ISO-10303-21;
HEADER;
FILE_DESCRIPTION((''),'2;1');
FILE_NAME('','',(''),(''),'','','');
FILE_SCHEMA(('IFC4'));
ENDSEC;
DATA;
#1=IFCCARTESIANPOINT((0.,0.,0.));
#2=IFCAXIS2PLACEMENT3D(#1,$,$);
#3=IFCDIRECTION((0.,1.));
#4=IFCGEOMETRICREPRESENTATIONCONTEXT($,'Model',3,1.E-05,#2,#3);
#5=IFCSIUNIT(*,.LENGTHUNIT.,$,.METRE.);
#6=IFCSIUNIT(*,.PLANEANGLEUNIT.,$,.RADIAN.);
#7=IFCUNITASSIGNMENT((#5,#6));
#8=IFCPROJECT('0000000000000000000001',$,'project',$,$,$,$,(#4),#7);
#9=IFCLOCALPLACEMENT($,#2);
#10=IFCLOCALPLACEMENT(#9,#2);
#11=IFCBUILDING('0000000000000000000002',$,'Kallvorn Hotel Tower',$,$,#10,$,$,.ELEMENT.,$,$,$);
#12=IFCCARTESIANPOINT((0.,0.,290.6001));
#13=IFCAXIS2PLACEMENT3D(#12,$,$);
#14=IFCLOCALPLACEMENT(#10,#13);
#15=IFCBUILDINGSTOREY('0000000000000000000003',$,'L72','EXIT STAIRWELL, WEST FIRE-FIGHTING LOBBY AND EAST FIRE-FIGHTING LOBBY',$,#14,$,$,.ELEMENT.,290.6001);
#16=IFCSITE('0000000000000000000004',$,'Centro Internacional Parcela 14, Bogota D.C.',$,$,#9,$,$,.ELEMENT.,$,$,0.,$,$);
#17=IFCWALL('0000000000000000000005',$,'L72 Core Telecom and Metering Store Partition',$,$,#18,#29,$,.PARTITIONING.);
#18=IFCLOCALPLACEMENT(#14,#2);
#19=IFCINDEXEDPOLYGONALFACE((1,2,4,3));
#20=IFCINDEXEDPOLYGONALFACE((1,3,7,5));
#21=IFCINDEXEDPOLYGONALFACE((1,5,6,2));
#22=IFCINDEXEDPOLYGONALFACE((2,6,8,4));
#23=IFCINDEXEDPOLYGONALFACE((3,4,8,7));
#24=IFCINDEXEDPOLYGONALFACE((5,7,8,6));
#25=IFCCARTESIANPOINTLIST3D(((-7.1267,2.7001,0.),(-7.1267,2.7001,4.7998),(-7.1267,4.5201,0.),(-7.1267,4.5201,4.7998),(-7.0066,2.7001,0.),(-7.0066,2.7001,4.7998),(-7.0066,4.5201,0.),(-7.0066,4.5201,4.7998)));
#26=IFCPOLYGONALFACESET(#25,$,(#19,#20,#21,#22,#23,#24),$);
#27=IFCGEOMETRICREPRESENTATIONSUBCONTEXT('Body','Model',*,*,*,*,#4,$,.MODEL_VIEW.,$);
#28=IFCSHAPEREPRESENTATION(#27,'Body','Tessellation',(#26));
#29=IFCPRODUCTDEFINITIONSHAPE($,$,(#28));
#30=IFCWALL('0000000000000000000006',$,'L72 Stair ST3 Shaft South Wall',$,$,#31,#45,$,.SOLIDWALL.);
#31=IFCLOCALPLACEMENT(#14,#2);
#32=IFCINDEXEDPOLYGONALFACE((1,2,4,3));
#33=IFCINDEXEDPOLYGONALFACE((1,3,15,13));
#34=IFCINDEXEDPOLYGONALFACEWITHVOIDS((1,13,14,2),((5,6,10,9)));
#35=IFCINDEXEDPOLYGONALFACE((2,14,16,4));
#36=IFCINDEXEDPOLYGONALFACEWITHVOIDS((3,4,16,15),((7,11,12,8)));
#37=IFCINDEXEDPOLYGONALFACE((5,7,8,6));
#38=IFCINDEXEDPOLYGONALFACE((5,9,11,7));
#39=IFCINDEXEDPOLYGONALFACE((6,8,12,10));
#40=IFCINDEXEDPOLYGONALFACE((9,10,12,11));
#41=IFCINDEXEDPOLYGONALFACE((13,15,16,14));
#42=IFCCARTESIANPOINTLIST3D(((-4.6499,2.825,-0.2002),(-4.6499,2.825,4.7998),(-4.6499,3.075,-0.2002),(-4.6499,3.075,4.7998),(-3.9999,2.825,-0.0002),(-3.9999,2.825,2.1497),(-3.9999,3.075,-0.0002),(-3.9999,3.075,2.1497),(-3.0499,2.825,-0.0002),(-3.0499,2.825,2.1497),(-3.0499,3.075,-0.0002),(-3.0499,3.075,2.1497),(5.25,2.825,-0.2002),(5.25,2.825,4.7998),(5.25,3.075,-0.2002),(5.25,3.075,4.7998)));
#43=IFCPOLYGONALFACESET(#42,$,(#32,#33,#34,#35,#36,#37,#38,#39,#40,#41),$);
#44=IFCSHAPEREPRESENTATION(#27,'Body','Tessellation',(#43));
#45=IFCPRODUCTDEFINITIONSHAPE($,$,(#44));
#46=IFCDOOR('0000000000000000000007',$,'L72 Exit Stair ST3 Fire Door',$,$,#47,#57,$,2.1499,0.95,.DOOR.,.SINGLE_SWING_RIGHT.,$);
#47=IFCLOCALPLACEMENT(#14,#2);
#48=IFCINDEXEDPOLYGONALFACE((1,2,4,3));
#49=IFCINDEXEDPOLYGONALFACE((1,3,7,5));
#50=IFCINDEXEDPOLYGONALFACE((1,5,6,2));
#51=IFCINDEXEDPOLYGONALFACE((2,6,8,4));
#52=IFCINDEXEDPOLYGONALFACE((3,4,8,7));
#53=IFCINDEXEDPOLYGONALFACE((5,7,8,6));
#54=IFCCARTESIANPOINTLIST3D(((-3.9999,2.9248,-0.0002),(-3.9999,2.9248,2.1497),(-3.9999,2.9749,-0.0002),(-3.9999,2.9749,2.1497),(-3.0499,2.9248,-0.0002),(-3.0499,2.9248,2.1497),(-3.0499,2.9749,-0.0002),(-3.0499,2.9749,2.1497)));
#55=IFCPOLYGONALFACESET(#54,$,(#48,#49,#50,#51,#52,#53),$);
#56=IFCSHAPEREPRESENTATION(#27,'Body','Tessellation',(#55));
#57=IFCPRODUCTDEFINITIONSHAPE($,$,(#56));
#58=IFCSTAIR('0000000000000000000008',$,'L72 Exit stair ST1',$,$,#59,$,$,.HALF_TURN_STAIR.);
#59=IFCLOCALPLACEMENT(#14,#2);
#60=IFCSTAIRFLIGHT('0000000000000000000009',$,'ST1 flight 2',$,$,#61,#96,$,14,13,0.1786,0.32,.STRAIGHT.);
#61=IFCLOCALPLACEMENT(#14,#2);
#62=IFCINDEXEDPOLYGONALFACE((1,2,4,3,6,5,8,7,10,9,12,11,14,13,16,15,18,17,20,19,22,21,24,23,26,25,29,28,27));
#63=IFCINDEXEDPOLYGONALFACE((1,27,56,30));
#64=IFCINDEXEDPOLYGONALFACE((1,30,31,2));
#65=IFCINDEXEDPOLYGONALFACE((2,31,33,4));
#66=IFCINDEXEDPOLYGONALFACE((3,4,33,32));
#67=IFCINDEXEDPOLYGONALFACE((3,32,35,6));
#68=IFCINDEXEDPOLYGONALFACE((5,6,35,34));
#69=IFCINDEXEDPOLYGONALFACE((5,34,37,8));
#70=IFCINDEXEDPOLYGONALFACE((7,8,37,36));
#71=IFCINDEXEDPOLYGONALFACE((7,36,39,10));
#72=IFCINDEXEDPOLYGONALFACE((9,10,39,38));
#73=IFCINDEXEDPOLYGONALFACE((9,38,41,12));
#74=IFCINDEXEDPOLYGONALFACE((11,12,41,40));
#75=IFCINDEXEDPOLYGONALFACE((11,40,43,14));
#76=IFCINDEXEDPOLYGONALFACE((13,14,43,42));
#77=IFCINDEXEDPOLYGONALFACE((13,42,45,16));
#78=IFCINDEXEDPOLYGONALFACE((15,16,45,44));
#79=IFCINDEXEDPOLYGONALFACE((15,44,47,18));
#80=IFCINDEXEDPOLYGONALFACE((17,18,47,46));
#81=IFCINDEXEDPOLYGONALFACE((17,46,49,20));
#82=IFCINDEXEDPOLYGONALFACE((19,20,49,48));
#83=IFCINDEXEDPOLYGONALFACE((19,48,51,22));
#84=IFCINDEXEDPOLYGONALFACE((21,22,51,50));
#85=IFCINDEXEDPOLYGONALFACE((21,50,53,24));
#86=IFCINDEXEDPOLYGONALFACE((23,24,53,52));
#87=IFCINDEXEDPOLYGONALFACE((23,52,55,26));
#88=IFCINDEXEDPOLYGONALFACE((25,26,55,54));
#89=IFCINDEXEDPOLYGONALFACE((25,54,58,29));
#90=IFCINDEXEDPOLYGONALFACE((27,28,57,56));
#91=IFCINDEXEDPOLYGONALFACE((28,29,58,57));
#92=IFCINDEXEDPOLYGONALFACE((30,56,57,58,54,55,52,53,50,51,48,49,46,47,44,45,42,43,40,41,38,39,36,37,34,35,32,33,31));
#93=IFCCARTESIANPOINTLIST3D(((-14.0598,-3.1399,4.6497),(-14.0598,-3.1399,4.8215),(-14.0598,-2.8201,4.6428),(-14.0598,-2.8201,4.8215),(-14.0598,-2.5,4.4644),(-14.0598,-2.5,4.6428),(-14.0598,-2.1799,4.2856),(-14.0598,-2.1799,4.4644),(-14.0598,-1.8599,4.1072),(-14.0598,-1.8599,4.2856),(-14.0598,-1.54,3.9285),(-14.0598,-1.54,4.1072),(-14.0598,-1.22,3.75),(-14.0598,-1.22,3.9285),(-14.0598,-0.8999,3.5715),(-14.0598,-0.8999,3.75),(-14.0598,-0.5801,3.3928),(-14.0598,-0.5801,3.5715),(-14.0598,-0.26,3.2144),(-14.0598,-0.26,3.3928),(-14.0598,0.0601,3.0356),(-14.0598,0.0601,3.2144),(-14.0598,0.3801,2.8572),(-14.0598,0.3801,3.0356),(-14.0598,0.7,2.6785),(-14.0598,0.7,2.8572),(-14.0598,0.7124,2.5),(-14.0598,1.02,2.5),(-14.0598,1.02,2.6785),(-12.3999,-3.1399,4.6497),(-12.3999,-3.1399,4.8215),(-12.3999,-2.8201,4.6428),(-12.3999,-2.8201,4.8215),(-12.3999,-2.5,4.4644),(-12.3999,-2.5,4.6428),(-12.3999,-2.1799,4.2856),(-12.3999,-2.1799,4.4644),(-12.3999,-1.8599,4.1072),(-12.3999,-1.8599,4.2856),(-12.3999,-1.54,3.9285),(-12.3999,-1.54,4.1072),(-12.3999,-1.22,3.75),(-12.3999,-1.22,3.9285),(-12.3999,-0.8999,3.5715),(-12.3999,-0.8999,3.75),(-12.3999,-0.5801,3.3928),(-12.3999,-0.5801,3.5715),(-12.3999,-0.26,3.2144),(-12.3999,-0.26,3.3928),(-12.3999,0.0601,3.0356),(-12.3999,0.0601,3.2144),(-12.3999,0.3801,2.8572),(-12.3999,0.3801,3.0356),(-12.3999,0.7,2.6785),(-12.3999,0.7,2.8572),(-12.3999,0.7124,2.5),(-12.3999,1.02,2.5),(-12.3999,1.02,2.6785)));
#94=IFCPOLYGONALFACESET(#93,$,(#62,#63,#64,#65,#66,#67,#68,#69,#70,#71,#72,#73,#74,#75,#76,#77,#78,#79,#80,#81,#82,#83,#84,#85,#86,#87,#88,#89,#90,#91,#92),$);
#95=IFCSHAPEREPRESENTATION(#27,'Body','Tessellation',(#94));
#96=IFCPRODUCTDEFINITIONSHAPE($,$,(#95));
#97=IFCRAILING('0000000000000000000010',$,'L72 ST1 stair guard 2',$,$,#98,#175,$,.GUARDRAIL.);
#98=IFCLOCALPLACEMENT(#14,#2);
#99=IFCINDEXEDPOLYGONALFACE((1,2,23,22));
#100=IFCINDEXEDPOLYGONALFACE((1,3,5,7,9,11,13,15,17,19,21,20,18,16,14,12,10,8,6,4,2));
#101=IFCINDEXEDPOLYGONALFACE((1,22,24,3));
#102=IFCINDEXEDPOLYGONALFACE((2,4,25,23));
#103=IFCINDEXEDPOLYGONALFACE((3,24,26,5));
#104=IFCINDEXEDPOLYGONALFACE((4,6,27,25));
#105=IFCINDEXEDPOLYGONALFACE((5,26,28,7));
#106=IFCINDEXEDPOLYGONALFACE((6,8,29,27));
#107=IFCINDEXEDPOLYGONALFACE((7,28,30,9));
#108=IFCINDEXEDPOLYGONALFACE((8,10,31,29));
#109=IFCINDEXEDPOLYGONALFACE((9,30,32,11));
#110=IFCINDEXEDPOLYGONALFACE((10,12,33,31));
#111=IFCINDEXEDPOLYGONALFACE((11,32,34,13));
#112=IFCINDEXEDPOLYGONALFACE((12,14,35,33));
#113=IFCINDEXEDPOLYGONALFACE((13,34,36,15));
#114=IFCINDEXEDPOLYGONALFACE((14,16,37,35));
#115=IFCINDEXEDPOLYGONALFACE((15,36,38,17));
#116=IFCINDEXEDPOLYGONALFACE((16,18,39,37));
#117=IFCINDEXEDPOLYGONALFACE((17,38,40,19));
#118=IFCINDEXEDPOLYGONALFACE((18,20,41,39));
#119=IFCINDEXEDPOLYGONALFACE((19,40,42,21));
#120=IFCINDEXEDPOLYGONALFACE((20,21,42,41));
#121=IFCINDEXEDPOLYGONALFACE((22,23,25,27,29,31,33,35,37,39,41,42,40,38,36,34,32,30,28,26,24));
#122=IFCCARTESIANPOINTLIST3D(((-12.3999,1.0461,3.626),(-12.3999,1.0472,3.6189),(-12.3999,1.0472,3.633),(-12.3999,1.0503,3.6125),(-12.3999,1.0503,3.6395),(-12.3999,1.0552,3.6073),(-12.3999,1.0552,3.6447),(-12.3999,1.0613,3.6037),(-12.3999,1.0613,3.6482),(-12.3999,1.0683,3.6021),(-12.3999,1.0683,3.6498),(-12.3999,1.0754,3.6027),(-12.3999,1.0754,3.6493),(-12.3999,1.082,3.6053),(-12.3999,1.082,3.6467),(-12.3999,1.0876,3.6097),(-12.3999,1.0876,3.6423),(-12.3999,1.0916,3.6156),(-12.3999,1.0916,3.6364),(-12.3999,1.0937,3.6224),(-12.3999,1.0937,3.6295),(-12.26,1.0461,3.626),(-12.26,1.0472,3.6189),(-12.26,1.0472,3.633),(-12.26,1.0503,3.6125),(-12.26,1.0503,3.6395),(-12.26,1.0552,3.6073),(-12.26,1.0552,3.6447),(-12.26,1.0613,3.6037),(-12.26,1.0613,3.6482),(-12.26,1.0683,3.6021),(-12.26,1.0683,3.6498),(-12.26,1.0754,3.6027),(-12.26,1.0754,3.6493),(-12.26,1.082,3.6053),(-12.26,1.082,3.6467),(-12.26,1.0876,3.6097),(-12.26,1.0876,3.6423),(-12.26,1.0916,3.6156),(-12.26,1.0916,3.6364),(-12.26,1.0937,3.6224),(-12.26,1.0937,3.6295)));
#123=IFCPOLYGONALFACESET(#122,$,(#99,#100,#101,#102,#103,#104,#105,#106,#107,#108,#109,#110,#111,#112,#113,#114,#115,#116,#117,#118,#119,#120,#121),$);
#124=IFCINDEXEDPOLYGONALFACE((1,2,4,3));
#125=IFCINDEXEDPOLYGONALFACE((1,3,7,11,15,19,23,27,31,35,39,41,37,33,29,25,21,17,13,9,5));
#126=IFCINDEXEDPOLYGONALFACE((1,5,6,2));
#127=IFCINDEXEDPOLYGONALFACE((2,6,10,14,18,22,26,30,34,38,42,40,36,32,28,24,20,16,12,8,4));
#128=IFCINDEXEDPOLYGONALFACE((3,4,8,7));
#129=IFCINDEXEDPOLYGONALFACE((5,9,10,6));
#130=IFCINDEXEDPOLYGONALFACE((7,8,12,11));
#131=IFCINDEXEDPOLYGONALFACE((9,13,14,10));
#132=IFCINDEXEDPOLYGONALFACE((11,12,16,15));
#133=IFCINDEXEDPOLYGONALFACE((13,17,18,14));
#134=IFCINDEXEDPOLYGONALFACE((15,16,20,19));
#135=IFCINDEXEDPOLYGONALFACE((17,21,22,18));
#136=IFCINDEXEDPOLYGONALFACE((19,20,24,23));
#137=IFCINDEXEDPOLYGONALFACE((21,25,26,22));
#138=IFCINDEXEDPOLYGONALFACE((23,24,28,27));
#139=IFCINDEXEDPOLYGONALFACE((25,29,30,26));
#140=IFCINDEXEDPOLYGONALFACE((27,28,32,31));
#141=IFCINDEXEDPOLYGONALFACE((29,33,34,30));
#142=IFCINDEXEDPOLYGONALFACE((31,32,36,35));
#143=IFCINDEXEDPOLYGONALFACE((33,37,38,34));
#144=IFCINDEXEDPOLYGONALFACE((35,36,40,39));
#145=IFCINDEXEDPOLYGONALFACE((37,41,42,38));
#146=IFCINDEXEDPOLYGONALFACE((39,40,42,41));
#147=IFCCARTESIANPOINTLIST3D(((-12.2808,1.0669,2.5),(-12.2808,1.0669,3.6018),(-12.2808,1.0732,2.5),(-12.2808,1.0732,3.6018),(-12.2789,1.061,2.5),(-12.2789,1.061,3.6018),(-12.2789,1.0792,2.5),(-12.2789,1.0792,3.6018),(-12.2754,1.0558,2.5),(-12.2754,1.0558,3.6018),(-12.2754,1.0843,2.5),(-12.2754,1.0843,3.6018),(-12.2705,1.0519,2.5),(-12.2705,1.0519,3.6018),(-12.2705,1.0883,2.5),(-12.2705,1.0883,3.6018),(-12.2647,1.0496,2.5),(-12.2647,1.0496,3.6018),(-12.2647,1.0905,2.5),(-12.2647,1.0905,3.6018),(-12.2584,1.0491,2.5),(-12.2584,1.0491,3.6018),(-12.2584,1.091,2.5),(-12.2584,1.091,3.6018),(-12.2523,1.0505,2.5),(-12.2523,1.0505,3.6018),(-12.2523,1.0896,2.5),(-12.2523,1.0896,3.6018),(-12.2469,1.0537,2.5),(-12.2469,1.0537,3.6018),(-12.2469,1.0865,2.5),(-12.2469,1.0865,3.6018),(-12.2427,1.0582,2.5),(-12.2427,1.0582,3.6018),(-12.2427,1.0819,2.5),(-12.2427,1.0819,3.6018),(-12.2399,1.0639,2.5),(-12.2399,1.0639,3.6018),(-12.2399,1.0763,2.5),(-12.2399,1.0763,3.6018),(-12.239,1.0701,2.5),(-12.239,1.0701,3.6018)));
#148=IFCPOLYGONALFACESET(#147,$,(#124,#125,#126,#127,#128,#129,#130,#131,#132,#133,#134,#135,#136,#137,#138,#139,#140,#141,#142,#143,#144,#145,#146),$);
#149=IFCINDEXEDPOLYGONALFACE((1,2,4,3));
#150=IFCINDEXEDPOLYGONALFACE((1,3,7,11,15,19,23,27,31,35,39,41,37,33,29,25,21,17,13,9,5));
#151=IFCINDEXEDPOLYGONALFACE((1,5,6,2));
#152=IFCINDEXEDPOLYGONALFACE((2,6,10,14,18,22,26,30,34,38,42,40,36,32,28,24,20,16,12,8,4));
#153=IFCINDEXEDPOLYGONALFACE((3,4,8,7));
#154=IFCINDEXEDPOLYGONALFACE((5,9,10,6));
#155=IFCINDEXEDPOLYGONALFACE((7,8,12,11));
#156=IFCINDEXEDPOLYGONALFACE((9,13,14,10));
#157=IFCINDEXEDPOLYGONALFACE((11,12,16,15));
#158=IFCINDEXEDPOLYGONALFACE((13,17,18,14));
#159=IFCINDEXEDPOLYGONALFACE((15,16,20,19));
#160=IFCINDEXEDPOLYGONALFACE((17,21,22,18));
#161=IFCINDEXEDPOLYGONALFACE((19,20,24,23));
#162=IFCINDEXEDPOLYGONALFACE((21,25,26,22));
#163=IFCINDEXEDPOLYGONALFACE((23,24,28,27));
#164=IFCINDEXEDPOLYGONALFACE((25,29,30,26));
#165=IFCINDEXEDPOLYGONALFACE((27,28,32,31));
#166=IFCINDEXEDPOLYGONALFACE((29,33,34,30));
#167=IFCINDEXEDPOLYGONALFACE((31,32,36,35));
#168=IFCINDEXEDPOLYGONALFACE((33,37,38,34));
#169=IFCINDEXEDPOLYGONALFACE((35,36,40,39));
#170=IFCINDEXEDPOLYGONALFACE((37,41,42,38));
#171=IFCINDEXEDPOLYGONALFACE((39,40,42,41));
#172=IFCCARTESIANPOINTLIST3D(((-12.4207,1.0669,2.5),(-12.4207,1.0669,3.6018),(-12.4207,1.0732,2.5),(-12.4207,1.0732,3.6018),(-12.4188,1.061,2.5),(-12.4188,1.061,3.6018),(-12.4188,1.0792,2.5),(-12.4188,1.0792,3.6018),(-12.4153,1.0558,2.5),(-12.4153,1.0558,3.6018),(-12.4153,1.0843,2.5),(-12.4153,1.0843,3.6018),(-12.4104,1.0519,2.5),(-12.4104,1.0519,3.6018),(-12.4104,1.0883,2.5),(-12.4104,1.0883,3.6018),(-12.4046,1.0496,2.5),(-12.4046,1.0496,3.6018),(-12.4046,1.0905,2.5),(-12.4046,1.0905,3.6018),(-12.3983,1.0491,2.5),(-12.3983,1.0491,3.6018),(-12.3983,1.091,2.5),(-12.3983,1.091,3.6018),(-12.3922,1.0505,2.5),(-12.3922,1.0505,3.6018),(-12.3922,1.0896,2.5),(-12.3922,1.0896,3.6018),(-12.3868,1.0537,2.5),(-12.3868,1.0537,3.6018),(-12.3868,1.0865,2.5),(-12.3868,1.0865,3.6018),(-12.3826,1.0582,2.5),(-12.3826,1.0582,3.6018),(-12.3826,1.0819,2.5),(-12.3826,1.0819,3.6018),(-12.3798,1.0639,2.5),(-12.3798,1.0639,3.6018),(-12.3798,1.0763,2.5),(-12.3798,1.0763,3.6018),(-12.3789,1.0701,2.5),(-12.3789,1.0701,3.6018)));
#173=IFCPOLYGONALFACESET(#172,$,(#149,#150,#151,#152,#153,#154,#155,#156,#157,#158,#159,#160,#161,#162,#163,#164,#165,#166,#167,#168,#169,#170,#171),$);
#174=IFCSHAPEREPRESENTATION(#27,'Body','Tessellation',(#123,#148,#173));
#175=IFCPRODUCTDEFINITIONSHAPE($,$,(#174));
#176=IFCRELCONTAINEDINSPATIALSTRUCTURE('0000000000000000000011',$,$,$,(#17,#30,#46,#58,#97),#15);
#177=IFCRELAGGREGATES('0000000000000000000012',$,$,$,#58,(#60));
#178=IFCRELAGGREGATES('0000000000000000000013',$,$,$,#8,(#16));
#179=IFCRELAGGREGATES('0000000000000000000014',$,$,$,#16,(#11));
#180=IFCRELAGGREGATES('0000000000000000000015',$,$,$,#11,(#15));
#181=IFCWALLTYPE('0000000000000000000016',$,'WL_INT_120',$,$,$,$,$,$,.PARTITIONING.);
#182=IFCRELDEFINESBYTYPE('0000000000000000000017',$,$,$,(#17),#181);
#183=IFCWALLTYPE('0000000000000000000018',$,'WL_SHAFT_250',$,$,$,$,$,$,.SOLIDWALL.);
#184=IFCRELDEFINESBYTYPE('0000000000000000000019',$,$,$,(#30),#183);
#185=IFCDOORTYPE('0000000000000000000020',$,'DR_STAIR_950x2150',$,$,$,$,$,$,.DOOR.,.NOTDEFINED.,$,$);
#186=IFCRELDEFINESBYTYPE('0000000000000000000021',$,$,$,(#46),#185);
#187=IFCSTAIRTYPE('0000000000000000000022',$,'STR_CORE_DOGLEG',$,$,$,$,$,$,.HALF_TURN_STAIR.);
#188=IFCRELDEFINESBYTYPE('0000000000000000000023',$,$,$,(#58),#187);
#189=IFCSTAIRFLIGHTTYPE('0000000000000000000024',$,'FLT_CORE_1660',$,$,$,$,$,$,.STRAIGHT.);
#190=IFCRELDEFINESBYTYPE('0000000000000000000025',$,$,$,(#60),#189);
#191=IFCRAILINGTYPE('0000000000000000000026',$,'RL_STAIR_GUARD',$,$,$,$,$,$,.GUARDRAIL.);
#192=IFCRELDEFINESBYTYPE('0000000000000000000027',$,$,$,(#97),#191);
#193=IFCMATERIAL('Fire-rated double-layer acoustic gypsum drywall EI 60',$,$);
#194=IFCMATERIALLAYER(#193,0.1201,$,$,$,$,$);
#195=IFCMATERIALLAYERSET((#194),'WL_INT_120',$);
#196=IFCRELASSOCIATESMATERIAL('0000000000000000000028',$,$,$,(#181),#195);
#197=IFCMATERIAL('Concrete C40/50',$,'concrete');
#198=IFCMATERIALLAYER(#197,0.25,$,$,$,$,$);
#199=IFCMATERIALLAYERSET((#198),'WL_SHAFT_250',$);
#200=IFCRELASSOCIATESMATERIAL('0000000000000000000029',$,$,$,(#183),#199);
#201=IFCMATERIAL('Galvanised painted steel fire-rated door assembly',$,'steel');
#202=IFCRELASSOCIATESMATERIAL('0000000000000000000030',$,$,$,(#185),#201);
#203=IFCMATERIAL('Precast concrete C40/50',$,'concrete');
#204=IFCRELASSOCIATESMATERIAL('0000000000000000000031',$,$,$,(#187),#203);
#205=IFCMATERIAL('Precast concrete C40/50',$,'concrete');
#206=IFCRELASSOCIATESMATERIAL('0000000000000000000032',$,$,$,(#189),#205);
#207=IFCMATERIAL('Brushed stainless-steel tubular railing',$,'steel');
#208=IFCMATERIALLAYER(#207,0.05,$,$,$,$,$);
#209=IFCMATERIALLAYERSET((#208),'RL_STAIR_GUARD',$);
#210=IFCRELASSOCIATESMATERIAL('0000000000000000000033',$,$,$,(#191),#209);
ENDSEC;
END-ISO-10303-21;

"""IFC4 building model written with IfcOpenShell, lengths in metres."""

from ifc_helpers import new_model, si_unit, direction, frame, frame_2d, origin, origin_2d, place, context, subcontext, project, spatial, polyline, rectangle, circle, outline, extrude, material, layer, layer_set, type_object, element, fill, aggregate, save


model = new_model("IFC4")

# Units and contexts
model_context = context("Model", 3, precision=1e-05, world=origin(), true_north=direction((0.0, 1.0)))
body_context = subcontext(model_context, "Body", "Model", "MODEL_VIEW")
ifc_project = project(units=[si_unit("LENGTHUNIT", "METRE"), si_unit("PLANEANGLEUNIT", "RADIAN")], contexts=[model_context])

# Site, building, storey
site_placement = place(None, origin())
site = spatial("IfcSite", under=ifc_project, at=site_placement, Name="Centro Internacional Parcela 14, Bogota D.C.", CompositionType="ELEMENT", RefElevation=0.0)
building_placement = place(site_placement, origin())
building = spatial("IfcBuilding", under=site, at=building_placement, Name="Kallvorn Hotel Tower", CompositionType="ELEMENT")
storey_placement = place(building_placement, frame((0.0, 0.0, 290.6001)))
storey = spatial("IfcBuildingStorey", under=building, at=storey_placement, Name="L72", Description="EXIT STAIRWELL, WEST FIRE-FIGHTING LOBBY AND EAST FIRE-FIGHTING LOBBY", CompositionType="ELEMENT", Elevation=290.6001)

# Wall
ifc_material_1 = material(Name="Fire-rated double-layer acoustic gypsum drywall EI 60")
ifc_layer_1 = layer(ifc_material_1, 0.1201)
ifc_layer_set_1 = layer_set([ifc_layer_1], Name="WL_INT_120")
wall_type_1 = type_object("IfcWallType", Name="WL_INT_120", PredefinedType="PARTITIONING", material=ifc_layer_set_1)
wall_1_placement = place(storey_placement, frame((-7.0667, 2.7, 0.0), z_axis=(0.0, 0.0, 1.0), x_axis=(0.0, 1.0, 0.0)))
element("IfcWall", 1, at=wall_1_placement, inside=storey, type_object=wall_type_1, Name="L72 Core Telecom and Metering Store Partition", PredefinedType="PARTITIONING", context=body_context, shape_type="SweptSolid", body=[
    extrude(rectangle(XDim=1.8201, YDim=0.1201, at=frame_2d((0.9102, 0.0))), origin(), (0.0, 0.0, 1.0), 4.7998),
])

# Wall, opening, door
ifc_material_2 = material(Name="Concrete C40/50", Category="concrete")
ifc_layer_2 = layer(ifc_material_2, 0.25)
ifc_layer_set_2 = layer_set([ifc_layer_2], Name="WL_SHAFT_250")
wall_type_2 = type_object("IfcWallType", Name="WL_SHAFT_250", PredefinedType="SOLIDWALL", material=ifc_layer_set_2)
wall_2_placement = place(storey_placement, frame((-4.6499, 2.95, -0.2002), z_axis=(0.0, 0.0, 1.0), x_axis=(1.0, 0.0, 0.0)))
wall_2 = element("IfcWall", 2, at=wall_2_placement, inside=storey, type_object=wall_type_2, Name="L72 Stair ST3 Shaft South Wall", PredefinedType="SOLIDWALL", context=body_context, shape_type="SweptSolid", body=[
    extrude(rectangle(XDim=9.8999, YDim=0.25, at=frame_2d((4.95, 0.0))), origin(), (0.0, 0.0, 1.0), 5.0),
])
opening_1_placement = place(wall_2_placement, frame((0.6499, 0.0, 0.2)))
opening_1 = element("IfcOpeningElement", 3, at=opening_1_placement, cuts=wall_2, PredefinedType="OPENING", context=body_context, shape_type="SweptSolid", body=[
    extrude(rectangle(XDim=0.95, YDim=2.1499, at=frame_2d((0.4751, 1.075))), frame((0.0, 0.1399, 0.0), z_axis=(0.0, -1.0, 0.0), x_axis=(1.0, 0.0, 0.0)), (0.0, 0.0, 1.0), 0.28),
])
ifc_material_3 = material(Name="Galvanised painted steel fire-rated door assembly", Category="steel")
door_type_1 = type_object("IfcDoorType", Name="DR_STAIR_950x2150", OperationType="NOTDEFINED", PredefinedType="DOOR", material=ifc_material_3)
door_1_placement = place(opening_1_placement, origin())
door_1 = element("IfcDoor", 4, at=door_1_placement, inside=storey, type_object=door_type_1, Name="L72 Exit Stair ST3 Fire Door", OperationType="SINGLE_SWING_RIGHT", OverallHeight=2.1499, OverallWidth=0.95, PredefinedType="DOOR", context=body_context, shape_type="SweptSolid", body=[
    extrude(rectangle(XDim=0.95, YDim=2.1499, at=frame_2d((0.4751, 1.075))), frame((0.0, 0.0249, 0.0), z_axis=(0.0, -1.0, 0.0), x_axis=(1.0, 0.0, 0.0)), (0.0, 0.0, 1.0), 0.05),
])
fill(opening_1, door_1)

# Stair, stair flight
ifc_material_4 = material(Name="Precast concrete C40/50", Category="concrete")
stair_type = type_object("IfcStairType", Name="STR_CORE_DOGLEG", PredefinedType="HALF_TURN_STAIR", material=ifc_material_4)
stair_placement = place(storey_placement, origin())
stair = element("IfcStair", 5, at=stair_placement, inside=storey, type_object=stair_type, Name="L72 Exit stair ST1", PredefinedType="HALF_TURN_STAIR")
ifc_material_5 = material(Name="Precast concrete C40/50", Category="concrete")
stair_flight_type = type_object("IfcStairFlightType", Name="FLT_CORE_1660", PredefinedType="STRAIGHT", material=ifc_material_5)
stair_flight_placement = place(storey_placement, frame((-13.23, 1.02, 2.5), z_axis=(0.0, 0.0, 1.0), x_axis=(0.0, -1.0, 0.0)))
stair_flight = element("IfcStairFlight", 6, at=stair_flight_placement, type_object=stair_flight_type, Name="ST1 flight 2", NumberOfRisers=14, NumberOfTreads=13, PredefinedType="STRAIGHT", RiserHeight=0.1786, TreadLength=0.32, context=body_context, shape_type="SweptSolid", body=[
    extrude(outline(polyline([(0.0, 0.0), (0.0, 0.1785), (0.3201, 0.1785), (0.3201, 0.3572), (0.6399, 0.3572), (0.6399, 0.5356), (0.96, 0.5356), (0.96, 0.7144), (1.28, 0.7144), (1.28, 0.8928), (1.6001, 0.8928), (1.6001, 1.0715), (1.9199, 1.0715), (1.9199, 1.25), (2.24, 1.25), (2.24, 1.4285), (2.5601, 1.4285), (2.5601, 1.6072), (2.8799, 1.6072), (2.8799, 1.7856), (3.2, 1.7856), (3.2, 1.9644), (3.52, 1.9644), (3.52, 2.1428), (3.8401, 2.1428), (3.8401, 2.3215), (4.1599, 2.3215), (4.1599, 2.5), (4.1599, 2.1497), (0.3076, 0.0), (0.0, 0.0)])), frame((0.0, 0.8301, 0.0), z_axis=(0.0, -1.0, 0.0), x_axis=(1.0, 0.0, 0.0)), (0.0, 0.0, 1.0), 1.6599),
])
aggregate(stair, [stair_flight])

# Railing
ifc_material_6 = material(Name="Brushed stainless-steel tubular railing", Category="steel")
ifc_layer_3 = layer(ifc_material_6, 0.05)
ifc_layer_set_3 = layer_set([ifc_layer_3], Name="RL_STAIR_GUARD")
railing_type_1 = type_object("IfcRailingType", Name="RL_STAIR_GUARD", PredefinedType="GUARDRAIL", material=ifc_layer_set_3)
railing_1_placement = place(storey_placement, frame((-12.26, 1.0701, 2.5)))
element("IfcRailing", 7, at=railing_1_placement, inside=storey, type_object=railing_type_1, Name="L72 ST1 stair guard 2", PredefinedType="GUARDRAIL", context=body_context, shape_type="SweptSolid", body=[
    extrude(circle(Radius=0.0239, at=origin_2d()), frame((0.0, 0.0, 1.126), z_axis=(-1.0, 0.0, 0.0), x_axis=(0.0, -1.0, 0.0)), (0.0, 0.0, 1.0), 0.1399),
    extrude(circle(Radius=0.021, at=origin_2d()), origin(), (0.0, 0.0, 1.0), 1.1018),
    extrude(circle(Radius=0.021, at=origin_2d()), frame((-0.1399, 0.0, 0.0)), (0.0, 0.0, 1.0), 1.1018),
])

save(model, "model.ifc")
